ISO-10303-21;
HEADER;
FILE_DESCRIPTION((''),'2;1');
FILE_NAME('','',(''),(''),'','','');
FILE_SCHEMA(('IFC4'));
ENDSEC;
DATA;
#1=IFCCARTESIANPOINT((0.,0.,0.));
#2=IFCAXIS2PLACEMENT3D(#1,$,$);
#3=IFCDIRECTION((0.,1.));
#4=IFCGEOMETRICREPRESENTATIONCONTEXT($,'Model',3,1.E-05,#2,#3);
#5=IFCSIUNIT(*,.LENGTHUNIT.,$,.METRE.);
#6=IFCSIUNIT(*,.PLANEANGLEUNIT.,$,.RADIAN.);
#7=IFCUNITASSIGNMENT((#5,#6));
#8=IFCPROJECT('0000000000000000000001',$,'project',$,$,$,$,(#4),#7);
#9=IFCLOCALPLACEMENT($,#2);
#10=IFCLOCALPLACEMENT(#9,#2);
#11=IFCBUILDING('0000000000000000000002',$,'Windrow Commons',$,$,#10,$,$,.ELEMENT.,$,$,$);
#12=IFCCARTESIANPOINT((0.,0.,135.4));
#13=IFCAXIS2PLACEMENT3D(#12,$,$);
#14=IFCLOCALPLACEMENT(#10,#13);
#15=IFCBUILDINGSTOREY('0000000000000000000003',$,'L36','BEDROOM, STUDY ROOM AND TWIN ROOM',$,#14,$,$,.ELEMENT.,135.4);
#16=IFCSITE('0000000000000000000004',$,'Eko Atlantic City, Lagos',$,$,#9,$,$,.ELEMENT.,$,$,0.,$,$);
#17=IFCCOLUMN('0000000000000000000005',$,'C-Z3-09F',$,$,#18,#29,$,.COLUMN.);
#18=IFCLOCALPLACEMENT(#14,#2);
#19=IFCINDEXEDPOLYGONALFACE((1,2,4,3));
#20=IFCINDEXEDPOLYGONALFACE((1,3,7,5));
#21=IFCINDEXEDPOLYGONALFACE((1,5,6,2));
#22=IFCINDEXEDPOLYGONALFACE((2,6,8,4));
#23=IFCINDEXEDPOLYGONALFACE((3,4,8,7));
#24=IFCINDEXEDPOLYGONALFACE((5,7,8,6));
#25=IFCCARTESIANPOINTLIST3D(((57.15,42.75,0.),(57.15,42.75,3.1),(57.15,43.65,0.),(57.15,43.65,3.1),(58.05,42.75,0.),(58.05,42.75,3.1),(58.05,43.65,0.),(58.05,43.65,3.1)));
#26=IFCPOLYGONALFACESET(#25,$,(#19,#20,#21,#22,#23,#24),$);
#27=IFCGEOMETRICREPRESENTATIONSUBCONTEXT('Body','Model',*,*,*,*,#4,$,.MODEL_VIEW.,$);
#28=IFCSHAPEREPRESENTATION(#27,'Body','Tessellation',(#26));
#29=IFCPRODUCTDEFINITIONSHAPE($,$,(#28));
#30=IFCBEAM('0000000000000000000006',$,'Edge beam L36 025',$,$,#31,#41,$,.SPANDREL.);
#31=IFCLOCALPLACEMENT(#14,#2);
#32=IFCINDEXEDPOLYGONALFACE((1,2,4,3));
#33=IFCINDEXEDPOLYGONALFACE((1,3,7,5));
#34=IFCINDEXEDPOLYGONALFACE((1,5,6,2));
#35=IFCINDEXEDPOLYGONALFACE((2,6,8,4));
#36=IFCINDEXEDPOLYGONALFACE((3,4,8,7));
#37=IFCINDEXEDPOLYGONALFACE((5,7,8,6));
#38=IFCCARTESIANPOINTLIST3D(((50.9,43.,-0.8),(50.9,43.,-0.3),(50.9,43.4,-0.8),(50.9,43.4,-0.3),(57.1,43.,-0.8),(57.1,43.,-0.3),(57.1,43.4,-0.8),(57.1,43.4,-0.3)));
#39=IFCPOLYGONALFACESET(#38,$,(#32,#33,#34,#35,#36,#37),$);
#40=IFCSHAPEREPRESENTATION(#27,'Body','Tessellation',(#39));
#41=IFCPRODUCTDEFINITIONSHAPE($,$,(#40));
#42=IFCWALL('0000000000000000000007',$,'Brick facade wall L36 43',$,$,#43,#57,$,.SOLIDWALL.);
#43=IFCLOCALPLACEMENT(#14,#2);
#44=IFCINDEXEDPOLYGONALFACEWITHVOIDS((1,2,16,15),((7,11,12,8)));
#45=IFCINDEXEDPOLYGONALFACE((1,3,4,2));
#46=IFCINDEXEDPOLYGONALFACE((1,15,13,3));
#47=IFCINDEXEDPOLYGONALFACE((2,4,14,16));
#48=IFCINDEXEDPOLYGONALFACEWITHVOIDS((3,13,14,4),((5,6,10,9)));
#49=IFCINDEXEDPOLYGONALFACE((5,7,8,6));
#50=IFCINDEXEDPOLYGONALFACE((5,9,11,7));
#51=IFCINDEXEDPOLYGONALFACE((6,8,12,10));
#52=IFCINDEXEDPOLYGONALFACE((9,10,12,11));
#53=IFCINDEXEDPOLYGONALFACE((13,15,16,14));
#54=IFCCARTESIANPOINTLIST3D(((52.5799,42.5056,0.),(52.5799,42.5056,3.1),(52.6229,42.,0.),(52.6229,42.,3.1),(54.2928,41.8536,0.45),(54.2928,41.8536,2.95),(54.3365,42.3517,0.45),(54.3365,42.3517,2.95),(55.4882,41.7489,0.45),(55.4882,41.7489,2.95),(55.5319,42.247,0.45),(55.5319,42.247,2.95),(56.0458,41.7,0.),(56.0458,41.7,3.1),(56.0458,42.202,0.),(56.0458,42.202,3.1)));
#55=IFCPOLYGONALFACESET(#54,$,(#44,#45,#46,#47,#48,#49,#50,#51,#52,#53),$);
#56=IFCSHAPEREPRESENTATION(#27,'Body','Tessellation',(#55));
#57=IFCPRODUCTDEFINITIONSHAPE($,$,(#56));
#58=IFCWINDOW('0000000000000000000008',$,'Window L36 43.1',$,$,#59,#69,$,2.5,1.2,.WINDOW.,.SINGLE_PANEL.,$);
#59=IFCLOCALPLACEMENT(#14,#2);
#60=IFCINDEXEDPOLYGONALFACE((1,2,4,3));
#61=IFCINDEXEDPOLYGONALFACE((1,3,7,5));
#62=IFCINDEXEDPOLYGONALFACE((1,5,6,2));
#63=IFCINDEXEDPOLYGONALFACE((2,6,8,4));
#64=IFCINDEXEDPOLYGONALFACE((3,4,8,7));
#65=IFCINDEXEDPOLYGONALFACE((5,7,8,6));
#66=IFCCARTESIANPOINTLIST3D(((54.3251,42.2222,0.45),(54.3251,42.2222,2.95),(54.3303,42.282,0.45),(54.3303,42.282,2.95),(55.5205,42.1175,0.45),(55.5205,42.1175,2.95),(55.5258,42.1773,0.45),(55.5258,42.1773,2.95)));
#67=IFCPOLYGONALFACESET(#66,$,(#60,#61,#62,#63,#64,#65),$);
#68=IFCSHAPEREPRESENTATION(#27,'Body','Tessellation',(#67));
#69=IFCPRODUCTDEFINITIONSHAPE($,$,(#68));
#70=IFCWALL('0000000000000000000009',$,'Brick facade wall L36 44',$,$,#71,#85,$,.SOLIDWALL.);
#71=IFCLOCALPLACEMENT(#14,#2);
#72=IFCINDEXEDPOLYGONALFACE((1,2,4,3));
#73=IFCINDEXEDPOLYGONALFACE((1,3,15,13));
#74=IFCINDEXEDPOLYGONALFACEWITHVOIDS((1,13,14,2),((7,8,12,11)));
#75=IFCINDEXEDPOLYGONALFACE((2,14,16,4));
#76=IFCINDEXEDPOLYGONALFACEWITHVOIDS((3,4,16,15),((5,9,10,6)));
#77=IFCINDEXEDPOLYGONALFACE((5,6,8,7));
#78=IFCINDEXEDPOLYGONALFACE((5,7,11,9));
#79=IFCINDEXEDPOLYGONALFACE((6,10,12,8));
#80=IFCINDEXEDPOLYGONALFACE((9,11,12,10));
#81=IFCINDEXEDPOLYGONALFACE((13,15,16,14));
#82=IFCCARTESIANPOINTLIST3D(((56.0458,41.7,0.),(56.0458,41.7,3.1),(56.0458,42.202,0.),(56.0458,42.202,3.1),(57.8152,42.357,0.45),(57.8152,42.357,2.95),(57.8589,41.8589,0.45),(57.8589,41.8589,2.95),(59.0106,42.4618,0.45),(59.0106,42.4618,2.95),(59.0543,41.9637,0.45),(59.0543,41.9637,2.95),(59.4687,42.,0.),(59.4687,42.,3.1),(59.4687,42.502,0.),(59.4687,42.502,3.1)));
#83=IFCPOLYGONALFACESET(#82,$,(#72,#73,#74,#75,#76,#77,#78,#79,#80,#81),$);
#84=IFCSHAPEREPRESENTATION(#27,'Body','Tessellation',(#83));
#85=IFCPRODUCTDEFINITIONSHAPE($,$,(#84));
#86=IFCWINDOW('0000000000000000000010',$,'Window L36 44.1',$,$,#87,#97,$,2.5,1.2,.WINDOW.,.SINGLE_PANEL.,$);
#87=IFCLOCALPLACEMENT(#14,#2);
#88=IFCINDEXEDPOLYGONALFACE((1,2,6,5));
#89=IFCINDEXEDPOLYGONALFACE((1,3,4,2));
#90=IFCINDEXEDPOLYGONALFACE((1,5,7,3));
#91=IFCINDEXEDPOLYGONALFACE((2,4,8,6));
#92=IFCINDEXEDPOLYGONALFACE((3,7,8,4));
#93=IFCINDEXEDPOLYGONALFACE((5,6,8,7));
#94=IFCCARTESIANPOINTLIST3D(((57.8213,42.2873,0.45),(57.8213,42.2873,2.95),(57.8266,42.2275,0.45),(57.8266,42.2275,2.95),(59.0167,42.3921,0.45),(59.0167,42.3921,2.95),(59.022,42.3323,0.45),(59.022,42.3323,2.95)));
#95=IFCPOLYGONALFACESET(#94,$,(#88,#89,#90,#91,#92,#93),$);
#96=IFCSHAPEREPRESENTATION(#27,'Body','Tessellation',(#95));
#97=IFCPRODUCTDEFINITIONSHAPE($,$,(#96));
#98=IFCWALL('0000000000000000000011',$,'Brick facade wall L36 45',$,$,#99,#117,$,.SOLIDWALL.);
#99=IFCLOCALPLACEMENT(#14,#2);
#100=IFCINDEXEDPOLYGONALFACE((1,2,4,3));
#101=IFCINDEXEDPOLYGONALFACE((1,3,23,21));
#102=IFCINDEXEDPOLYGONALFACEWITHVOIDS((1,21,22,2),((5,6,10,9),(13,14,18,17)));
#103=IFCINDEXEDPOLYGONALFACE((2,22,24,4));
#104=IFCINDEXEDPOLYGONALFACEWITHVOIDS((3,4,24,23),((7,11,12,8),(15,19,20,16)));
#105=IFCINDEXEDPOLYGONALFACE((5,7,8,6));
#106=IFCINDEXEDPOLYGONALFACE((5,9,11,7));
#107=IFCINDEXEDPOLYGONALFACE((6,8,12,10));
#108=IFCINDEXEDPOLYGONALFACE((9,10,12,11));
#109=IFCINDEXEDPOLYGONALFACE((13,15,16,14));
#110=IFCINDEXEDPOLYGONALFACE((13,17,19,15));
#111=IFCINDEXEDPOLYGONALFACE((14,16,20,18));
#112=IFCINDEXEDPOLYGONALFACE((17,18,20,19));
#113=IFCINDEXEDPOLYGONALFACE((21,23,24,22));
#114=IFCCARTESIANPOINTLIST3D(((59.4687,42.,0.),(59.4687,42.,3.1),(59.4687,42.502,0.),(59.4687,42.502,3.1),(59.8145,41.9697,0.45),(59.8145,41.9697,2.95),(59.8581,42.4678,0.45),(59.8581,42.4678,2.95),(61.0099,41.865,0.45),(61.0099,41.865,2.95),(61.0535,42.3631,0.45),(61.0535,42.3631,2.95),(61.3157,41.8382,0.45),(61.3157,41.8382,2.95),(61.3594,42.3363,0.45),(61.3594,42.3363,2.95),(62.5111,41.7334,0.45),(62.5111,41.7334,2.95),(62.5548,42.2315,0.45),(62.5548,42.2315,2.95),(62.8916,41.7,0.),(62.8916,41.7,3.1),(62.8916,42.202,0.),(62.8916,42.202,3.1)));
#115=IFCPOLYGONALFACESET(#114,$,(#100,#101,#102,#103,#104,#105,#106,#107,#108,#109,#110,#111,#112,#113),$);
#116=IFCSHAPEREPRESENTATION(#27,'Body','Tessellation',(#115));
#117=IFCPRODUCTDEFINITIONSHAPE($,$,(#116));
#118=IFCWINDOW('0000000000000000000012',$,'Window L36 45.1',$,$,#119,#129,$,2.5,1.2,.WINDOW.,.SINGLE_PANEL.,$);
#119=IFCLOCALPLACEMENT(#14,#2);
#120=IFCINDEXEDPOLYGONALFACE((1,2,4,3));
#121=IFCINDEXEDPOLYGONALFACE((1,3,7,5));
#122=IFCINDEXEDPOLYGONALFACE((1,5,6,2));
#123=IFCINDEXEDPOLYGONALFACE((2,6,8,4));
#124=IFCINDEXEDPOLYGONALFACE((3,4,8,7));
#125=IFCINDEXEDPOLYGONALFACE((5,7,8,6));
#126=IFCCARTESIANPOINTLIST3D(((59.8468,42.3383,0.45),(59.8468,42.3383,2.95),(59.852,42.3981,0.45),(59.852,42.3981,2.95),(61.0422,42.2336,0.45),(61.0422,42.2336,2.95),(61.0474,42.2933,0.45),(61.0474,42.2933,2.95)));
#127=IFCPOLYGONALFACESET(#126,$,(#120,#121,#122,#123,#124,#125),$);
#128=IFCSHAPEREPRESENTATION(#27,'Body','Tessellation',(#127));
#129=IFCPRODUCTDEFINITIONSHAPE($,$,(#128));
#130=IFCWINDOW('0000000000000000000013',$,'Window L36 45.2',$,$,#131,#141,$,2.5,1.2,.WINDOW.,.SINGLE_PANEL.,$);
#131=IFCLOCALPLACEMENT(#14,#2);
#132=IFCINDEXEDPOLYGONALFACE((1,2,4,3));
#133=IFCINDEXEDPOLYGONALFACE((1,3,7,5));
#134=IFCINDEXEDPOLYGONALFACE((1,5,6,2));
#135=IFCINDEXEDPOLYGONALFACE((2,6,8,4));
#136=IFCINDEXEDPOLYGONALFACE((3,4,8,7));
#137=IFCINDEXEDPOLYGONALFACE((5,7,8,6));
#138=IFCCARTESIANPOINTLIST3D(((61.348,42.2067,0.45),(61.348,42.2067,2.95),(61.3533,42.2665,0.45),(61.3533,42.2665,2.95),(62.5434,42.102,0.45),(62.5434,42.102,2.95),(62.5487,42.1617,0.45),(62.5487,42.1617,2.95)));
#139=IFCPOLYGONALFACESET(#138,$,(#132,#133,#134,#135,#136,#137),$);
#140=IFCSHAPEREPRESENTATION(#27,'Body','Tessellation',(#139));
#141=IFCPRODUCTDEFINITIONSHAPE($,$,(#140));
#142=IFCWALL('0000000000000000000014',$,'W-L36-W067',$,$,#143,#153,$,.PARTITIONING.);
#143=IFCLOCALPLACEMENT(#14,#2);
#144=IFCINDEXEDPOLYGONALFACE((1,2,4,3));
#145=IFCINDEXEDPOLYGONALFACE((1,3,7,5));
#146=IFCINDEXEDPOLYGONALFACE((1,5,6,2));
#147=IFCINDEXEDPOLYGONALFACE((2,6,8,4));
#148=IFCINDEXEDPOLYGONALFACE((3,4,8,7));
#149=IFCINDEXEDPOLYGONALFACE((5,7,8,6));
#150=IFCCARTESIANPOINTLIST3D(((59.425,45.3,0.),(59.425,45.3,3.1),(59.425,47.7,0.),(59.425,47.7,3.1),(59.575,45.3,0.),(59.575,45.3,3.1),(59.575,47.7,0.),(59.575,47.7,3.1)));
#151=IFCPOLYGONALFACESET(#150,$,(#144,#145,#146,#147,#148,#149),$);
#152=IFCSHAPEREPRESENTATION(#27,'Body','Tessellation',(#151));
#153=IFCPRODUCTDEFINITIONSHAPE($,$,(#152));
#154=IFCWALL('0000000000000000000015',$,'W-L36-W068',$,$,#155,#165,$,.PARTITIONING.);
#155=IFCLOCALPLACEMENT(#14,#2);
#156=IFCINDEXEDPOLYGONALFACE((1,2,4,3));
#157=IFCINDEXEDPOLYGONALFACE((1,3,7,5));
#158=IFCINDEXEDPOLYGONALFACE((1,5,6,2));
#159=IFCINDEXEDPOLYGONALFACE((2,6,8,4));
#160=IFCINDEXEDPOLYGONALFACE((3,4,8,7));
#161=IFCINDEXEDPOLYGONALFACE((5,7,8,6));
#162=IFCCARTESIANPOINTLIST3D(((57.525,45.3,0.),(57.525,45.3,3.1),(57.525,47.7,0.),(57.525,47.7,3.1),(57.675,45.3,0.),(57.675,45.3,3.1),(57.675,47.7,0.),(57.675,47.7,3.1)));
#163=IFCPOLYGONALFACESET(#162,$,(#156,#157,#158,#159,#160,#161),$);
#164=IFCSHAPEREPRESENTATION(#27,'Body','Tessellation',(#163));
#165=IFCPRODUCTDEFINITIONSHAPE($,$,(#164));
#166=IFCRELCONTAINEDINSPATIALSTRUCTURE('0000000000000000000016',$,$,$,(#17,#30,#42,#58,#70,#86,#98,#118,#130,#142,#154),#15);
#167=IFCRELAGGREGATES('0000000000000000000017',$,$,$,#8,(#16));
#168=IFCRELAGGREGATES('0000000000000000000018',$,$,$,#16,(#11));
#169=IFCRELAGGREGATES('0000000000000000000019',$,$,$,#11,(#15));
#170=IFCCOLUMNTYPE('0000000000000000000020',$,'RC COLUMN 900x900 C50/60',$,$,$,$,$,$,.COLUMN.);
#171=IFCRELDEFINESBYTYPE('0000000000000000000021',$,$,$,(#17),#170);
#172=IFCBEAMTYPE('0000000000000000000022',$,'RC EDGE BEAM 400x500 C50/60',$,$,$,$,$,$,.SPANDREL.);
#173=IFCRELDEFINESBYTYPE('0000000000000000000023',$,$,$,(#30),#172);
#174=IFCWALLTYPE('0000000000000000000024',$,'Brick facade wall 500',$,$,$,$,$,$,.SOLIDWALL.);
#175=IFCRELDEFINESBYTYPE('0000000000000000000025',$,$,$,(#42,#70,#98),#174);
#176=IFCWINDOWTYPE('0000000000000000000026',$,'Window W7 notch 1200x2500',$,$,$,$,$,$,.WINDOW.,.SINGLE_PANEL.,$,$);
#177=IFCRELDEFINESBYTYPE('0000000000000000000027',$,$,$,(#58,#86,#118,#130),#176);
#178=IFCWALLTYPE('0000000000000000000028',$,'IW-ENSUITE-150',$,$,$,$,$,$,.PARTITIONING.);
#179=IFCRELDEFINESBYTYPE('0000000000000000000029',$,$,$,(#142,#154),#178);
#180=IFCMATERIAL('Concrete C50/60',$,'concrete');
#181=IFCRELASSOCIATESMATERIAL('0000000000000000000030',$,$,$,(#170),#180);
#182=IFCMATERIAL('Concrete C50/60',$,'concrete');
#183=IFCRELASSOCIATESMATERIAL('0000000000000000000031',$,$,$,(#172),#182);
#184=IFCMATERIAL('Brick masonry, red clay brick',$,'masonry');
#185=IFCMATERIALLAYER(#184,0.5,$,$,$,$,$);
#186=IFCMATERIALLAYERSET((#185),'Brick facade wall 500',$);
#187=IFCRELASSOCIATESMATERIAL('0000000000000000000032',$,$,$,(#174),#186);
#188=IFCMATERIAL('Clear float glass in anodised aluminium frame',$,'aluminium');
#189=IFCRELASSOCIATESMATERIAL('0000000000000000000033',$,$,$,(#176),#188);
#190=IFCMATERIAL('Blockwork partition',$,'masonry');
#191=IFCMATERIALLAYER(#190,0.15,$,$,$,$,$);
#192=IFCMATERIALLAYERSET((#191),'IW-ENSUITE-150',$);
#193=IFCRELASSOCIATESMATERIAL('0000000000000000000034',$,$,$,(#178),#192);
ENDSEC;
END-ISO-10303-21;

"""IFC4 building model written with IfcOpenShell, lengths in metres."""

from ifc_helpers import new_model, si_unit, direction, frame, frame_2d, origin, origin_2d, place, context, subcontext, project, spatial, polyline, rectangle, outline, extrude, material, layer, layer_set, material_profile, profile_set, type_object, element, fill, save


model = new_model("IFC4")

# Units and contexts
model_context = context("Model", 3, precision=1e-05, world=origin(), true_north=direction((0.0, 1.0)))
body_context = subcontext(model_context, "Body", "Model", "MODEL_VIEW")
ifc_project = project(units=[si_unit("LENGTHUNIT", "METRE"), si_unit("PLANEANGLEUNIT", "RADIAN")], contexts=[model_context])

# Site, building, storey
site_placement = place(None, origin())
site = spatial("IfcSite", under=ifc_project, at=site_placement, Name="Eko Atlantic City, Lagos", CompositionType="ELEMENT", RefElevation=0.0)
building_placement = place(site_placement, origin())
building = spatial("IfcBuilding", under=site, at=building_placement, Name="Windrow Commons", CompositionType="ELEMENT")
storey_placement = place(building_placement, frame((0.0, 0.0, 135.4)))
storey = spatial("IfcBuildingStorey", under=building, at=storey_placement, Name="L36", Description="BEDROOM, STUDY ROOM AND TWIN ROOM", CompositionType="ELEMENT", Elevation=135.4)

# Column
ifc_material_1 = material(Name="Concrete C50/60", Category="concrete")
ifc_material_profile_1 = material_profile(ifc_material_1, rectangle(XDim=0.9, YDim=0.9, at=origin_2d()))
ifc_profile_set_1 = profile_set([ifc_material_profile_1], Name="Concrete C50/60")
column_type = type_object("IfcColumnType", Name="RC COLUMN 900x900 C50/60", PredefinedType="COLUMN", material=ifc_profile_set_1)
column_placement = place(storey_placement, frame((57.6, 43.2, 0.0), z_axis=(0.0, 0.0, 1.0), x_axis=(1.0, 0.0, 0.0)))
element("IfcColumn", 1, at=column_placement, inside=storey, type_object=column_type, Name="C-Z3-09F", PredefinedType="COLUMN", context=body_context, shape_type="SweptSolid", body=[
    extrude(rectangle(XDim=0.9, YDim=0.9, at=origin_2d()), origin(), (0.0, 0.0, 1.0), 3.1),
])

# Beam
ifc_material_2 = material(Name="Concrete C50/60", Category="concrete")
ifc_material_profile_2 = material_profile(ifc_material_2, rectangle(XDim=0.4, YDim=0.5, at=origin_2d()))
ifc_profile_set_2 = profile_set([ifc_material_profile_2], Name="Concrete C50/60")
beam_type = type_object("IfcBeamType", Name="RC EDGE BEAM 400x500 C50/60", PredefinedType="SPANDREL", material=ifc_profile_set_2)
beam_placement = place(storey_placement, frame((57.1, 43.2, -0.55), z_axis=(-1.0, 0.0, 0.0), x_axis=(0.0, -1.0, 0.0)))
element("IfcBeam", 2, at=beam_placement, inside=storey, type_object=beam_type, Name="Edge beam L36 025", PredefinedType="SPANDREL", context=body_context, shape_type="SweptSolid", body=[
    extrude(rectangle(XDim=0.4, YDim=0.5, at=origin_2d()), origin(), (0.0, 0.0, 1.0), 6.2),
])

# Walls, openings, windows
ifc_material_3 = material(Name="Brick masonry, red clay brick", Category="masonry")
ifc_layer_1 = layer(ifc_material_3, 0.5)
ifc_layer_set_1 = layer_set([ifc_layer_1], Name="Brick facade wall 500")
wall_type_1 = type_object("IfcWallType", Name="Brick facade wall 500", PredefinedType="SOLIDWALL", material=ifc_layer_set_1)
wall_1_placement = place(storey_placement, frame((52.6014, 42.2528, 0.0), z_axis=(0.0, 0.0, 1.0), x_axis=(0.996183, -0.087286, 0.0)))
wall_1 = element("IfcWall", 3, at=wall_1_placement, inside=storey, type_object=wall_type_1, Name="Brick facade wall L36 43", PredefinedType="SOLIDWALL", context=body_context, shape_type="SweptSolid", body=[
    extrude(outline(polyline([(0.0435, -0.25), (3.4795, -0.25), (3.4357, 0.25), (-0.0435, 0.25), (0.0435, -0.25)])), origin(), (0.0, 0.0, 1.0), 3.1),
])
opening_1_placement = place(wall_1_placement, frame((1.7198, 0.0, 0.45)))
opening_1 = element("IfcOpeningElement", 4, at=opening_1_placement, cuts=wall_1, PredefinedType="OPENING", context=body_context, shape_type="SweptSolid", body=[
    extrude(rectangle(XDim=1.2, YDim=2.5, at=frame_2d((0.6, 1.25))), frame((0.0, 0.26, 0.0), z_axis=(0.0, -1.0, 0.0), x_axis=(1.0, 0.0, 0.0)), (0.0, 0.0, 1.0), 0.52),
])
ifc_material_4 = material(Name="Clear float glass in anodised aluminium frame", Category="aluminium")
window_type = type_object("IfcWindowType", Name="Window W7 notch 1200x2500", PartitioningType="SINGLE_PANEL", PredefinedType="WINDOW", material=ifc_material_4)
window_1_placement = place(opening_1_placement, origin())
window_1 = element("IfcWindow", 5, at=window_1_placement, inside=storey, type_object=window_type, Name="Window L36 43.1", OverallHeight=2.5, OverallWidth=1.2, PartitioningType="SINGLE_PANEL", PredefinedType="WINDOW", context=body_context, shape_type="SweptSolid", body=[
    extrude(rectangle(XDim=1.2, YDim=2.5, at=frame_2d((0.6, 1.25))), frame((0.0, 0.18, 0.0), z_axis=(0.0, -1.0, 0.0), x_axis=(1.0, 0.0, 0.0)), (0.0, 0.0, 1.0), 0.06),
])
fill(opening_1, window_1)
wall_2_placement = place(storey_placement, frame((56.0458, 41.951, 0.0), z_axis=(0.0, 0.0, 1.0), x_axis=(0.996181, 0.08731, 0.0)))
wall_2 = element("IfcWall", 6, at=wall_2_placement, inside=storey, type_object=wall_type_1, Name="Brick facade wall L36 44", PredefinedType="SOLIDWALL", context=body_context, shape_type="SweptSolid", body=[
    extrude(outline(polyline([(-0.0219, -0.25), (3.4141, -0.25), (3.4579, 0.25), (0.0219, 0.25), (-0.0219, -0.25)])), origin(), (0.0, 0.0, 1.0), 3.1),
])
opening_2_placement = place(wall_2_placement, frame((1.7981, 0.0, 0.45)))
opening_2 = element("IfcOpeningElement", 7, at=opening_2_placement, cuts=wall_2, PredefinedType="OPENING", context=body_context, shape_type="SweptSolid", body=[
    extrude(rectangle(XDim=1.2, YDim=2.5, at=frame_2d((0.6, 1.25))), frame((0.0, 0.26, 0.0), z_axis=(0.0, -1.0, 0.0), x_axis=(1.0, 0.0, 0.0)), (0.0, 0.0, 1.0), 0.52),
])
window_2_placement = place(opening_2_placement, origin())
window_2 = element("IfcWindow", 8, at=window_2_placement, inside=storey, type_object=window_type, Name="Window L36 44.1", OverallHeight=2.5, OverallWidth=1.2, PartitioningType="SINGLE_PANEL", PredefinedType="WINDOW", context=body_context, shape_type="SweptSolid", body=[
    extrude(rectangle(XDim=1.2, YDim=2.5, at=frame_2d((0.6, 1.25))), frame((0.0, 0.18, 0.0), z_axis=(0.0, -1.0, 0.0), x_axis=(1.0, 0.0, 0.0)), (0.0, 0.0, 1.0), 0.06),
])
fill(opening_2, window_2)

# Wall, openings, windows
wall_3_placement = place(storey_placement, frame((59.4687, 42.251, 0.0), z_axis=(0.0, 0.0, 1.0), x_axis=(0.996181, -0.08731, 0.0)))
wall_3 = element("IfcWall", 9, at=wall_3_placement, inside=storey, type_object=wall_type_1, Name="Brick facade wall L36 45", PredefinedType="SOLIDWALL", context=body_context, shape_type="SweptSolid", body=[
    extrude(outline(polyline([(0.0219, -0.25), (3.4579, -0.25), (3.4141, 0.25), (-0.0219, 0.25), (0.0219, -0.25)])), origin(), (0.0, 0.0, 1.0), 3.1),
])
opening_3_placement = place(wall_3_placement, frame((0.369, 0.0, 0.45)))
opening_3 = element("IfcOpeningElement", 10, at=opening_3_placement, cuts=wall_3, PredefinedType="OPENING", context=body_context, shape_type="SweptSolid", body=[
    extrude(rectangle(XDim=1.2, YDim=2.5, at=frame_2d((0.6, 1.25))), frame((0.0, 0.26, 0.0), z_axis=(0.0, -1.0, 0.0), x_axis=(1.0, 0.0, 0.0)), (0.0, 0.0, 1.0), 0.52),
])
opening_4_placement = place(wall_3_placement, frame((1.876, 0.0, 0.45)))
opening_4 = element("IfcOpeningElement", 11, at=opening_4_placement, cuts=wall_3, PredefinedType="OPENING", context=body_context, shape_type="SweptSolid", body=[
    extrude(rectangle(XDim=1.2, YDim=2.5, at=frame_2d((0.6, 1.25))), frame((0.0, 0.26, 0.0), z_axis=(0.0, -1.0, 0.0), x_axis=(1.0, 0.0, 0.0)), (0.0, 0.0, 1.0), 0.52),
])
window_3_placement = place(opening_3_placement, origin())
window_3 = element("IfcWindow", 12, at=window_3_placement, inside=storey, type_object=window_type, Name="Window L36 45.1", OverallHeight=2.5, OverallWidth=1.2, PartitioningType="SINGLE_PANEL", PredefinedType="WINDOW", context=body_context, shape_type="SweptSolid", body=[
    extrude(rectangle(XDim=1.2, YDim=2.5, at=frame_2d((0.6, 1.25))), frame((0.0, 0.18, 0.0), z_axis=(0.0, -1.0, 0.0), x_axis=(1.0, 0.0, 0.0)), (0.0, 0.0, 1.0), 0.06),
])
fill(opening_3, window_3)
window_4_placement = place(opening_4_placement, origin())
window_4 = element("IfcWindow", 13, at=window_4_placement, inside=storey, type_object=window_type, Name="Window L36 45.2", OverallHeight=2.5, OverallWidth=1.2, PartitioningType="SINGLE_PANEL", PredefinedType="WINDOW", context=body_context, shape_type="SweptSolid", body=[
    extrude(rectangle(XDim=1.2, YDim=2.5, at=frame_2d((0.6, 1.25))), frame((0.0, 0.18, 0.0), z_axis=(0.0, -1.0, 0.0), x_axis=(1.0, 0.0, 0.0)), (0.0, 0.0, 1.0), 0.06),
])
fill(opening_4, window_4)

# Walls
ifc_material_5 = material(Name="Blockwork partition", Category="masonry")
ifc_layer_2 = layer(ifc_material_5, 0.15)
ifc_layer_set_2 = layer_set([ifc_layer_2], Name="IW-ENSUITE-150")
wall_type_2 = type_object("IfcWallType", Name="IW-ENSUITE-150", PredefinedType="PARTITIONING", material=ifc_layer_set_2)
for number, where, z_axis, x_axis, name in (
    (14, (59.5, 45.3, 0.0), (0.0, 0.0, 1.0), (0.0, 1.0, 0.0), "W-L36-W067"),
    (15, (57.6, 45.3, 0.0), (0.0, 0.0, 1.0), (0.0, 1.0, 0.0), "W-L36-W068"),
):
    element("IfcWall", number, at=place(storey_placement, frame(where, z_axis=z_axis, x_axis=x_axis)), inside=storey, type_object=wall_type_2, Name=name, PredefinedType="PARTITIONING", context=body_context, shape_type="SweptSolid", body=[
        extrude(rectangle(XDim=2.4, YDim=0.15, at=frame_2d((1.2, 0.0))), origin(), (0.0, 0.0, 1.0), 3.1),
    ])

save(model, "model.ifc")
